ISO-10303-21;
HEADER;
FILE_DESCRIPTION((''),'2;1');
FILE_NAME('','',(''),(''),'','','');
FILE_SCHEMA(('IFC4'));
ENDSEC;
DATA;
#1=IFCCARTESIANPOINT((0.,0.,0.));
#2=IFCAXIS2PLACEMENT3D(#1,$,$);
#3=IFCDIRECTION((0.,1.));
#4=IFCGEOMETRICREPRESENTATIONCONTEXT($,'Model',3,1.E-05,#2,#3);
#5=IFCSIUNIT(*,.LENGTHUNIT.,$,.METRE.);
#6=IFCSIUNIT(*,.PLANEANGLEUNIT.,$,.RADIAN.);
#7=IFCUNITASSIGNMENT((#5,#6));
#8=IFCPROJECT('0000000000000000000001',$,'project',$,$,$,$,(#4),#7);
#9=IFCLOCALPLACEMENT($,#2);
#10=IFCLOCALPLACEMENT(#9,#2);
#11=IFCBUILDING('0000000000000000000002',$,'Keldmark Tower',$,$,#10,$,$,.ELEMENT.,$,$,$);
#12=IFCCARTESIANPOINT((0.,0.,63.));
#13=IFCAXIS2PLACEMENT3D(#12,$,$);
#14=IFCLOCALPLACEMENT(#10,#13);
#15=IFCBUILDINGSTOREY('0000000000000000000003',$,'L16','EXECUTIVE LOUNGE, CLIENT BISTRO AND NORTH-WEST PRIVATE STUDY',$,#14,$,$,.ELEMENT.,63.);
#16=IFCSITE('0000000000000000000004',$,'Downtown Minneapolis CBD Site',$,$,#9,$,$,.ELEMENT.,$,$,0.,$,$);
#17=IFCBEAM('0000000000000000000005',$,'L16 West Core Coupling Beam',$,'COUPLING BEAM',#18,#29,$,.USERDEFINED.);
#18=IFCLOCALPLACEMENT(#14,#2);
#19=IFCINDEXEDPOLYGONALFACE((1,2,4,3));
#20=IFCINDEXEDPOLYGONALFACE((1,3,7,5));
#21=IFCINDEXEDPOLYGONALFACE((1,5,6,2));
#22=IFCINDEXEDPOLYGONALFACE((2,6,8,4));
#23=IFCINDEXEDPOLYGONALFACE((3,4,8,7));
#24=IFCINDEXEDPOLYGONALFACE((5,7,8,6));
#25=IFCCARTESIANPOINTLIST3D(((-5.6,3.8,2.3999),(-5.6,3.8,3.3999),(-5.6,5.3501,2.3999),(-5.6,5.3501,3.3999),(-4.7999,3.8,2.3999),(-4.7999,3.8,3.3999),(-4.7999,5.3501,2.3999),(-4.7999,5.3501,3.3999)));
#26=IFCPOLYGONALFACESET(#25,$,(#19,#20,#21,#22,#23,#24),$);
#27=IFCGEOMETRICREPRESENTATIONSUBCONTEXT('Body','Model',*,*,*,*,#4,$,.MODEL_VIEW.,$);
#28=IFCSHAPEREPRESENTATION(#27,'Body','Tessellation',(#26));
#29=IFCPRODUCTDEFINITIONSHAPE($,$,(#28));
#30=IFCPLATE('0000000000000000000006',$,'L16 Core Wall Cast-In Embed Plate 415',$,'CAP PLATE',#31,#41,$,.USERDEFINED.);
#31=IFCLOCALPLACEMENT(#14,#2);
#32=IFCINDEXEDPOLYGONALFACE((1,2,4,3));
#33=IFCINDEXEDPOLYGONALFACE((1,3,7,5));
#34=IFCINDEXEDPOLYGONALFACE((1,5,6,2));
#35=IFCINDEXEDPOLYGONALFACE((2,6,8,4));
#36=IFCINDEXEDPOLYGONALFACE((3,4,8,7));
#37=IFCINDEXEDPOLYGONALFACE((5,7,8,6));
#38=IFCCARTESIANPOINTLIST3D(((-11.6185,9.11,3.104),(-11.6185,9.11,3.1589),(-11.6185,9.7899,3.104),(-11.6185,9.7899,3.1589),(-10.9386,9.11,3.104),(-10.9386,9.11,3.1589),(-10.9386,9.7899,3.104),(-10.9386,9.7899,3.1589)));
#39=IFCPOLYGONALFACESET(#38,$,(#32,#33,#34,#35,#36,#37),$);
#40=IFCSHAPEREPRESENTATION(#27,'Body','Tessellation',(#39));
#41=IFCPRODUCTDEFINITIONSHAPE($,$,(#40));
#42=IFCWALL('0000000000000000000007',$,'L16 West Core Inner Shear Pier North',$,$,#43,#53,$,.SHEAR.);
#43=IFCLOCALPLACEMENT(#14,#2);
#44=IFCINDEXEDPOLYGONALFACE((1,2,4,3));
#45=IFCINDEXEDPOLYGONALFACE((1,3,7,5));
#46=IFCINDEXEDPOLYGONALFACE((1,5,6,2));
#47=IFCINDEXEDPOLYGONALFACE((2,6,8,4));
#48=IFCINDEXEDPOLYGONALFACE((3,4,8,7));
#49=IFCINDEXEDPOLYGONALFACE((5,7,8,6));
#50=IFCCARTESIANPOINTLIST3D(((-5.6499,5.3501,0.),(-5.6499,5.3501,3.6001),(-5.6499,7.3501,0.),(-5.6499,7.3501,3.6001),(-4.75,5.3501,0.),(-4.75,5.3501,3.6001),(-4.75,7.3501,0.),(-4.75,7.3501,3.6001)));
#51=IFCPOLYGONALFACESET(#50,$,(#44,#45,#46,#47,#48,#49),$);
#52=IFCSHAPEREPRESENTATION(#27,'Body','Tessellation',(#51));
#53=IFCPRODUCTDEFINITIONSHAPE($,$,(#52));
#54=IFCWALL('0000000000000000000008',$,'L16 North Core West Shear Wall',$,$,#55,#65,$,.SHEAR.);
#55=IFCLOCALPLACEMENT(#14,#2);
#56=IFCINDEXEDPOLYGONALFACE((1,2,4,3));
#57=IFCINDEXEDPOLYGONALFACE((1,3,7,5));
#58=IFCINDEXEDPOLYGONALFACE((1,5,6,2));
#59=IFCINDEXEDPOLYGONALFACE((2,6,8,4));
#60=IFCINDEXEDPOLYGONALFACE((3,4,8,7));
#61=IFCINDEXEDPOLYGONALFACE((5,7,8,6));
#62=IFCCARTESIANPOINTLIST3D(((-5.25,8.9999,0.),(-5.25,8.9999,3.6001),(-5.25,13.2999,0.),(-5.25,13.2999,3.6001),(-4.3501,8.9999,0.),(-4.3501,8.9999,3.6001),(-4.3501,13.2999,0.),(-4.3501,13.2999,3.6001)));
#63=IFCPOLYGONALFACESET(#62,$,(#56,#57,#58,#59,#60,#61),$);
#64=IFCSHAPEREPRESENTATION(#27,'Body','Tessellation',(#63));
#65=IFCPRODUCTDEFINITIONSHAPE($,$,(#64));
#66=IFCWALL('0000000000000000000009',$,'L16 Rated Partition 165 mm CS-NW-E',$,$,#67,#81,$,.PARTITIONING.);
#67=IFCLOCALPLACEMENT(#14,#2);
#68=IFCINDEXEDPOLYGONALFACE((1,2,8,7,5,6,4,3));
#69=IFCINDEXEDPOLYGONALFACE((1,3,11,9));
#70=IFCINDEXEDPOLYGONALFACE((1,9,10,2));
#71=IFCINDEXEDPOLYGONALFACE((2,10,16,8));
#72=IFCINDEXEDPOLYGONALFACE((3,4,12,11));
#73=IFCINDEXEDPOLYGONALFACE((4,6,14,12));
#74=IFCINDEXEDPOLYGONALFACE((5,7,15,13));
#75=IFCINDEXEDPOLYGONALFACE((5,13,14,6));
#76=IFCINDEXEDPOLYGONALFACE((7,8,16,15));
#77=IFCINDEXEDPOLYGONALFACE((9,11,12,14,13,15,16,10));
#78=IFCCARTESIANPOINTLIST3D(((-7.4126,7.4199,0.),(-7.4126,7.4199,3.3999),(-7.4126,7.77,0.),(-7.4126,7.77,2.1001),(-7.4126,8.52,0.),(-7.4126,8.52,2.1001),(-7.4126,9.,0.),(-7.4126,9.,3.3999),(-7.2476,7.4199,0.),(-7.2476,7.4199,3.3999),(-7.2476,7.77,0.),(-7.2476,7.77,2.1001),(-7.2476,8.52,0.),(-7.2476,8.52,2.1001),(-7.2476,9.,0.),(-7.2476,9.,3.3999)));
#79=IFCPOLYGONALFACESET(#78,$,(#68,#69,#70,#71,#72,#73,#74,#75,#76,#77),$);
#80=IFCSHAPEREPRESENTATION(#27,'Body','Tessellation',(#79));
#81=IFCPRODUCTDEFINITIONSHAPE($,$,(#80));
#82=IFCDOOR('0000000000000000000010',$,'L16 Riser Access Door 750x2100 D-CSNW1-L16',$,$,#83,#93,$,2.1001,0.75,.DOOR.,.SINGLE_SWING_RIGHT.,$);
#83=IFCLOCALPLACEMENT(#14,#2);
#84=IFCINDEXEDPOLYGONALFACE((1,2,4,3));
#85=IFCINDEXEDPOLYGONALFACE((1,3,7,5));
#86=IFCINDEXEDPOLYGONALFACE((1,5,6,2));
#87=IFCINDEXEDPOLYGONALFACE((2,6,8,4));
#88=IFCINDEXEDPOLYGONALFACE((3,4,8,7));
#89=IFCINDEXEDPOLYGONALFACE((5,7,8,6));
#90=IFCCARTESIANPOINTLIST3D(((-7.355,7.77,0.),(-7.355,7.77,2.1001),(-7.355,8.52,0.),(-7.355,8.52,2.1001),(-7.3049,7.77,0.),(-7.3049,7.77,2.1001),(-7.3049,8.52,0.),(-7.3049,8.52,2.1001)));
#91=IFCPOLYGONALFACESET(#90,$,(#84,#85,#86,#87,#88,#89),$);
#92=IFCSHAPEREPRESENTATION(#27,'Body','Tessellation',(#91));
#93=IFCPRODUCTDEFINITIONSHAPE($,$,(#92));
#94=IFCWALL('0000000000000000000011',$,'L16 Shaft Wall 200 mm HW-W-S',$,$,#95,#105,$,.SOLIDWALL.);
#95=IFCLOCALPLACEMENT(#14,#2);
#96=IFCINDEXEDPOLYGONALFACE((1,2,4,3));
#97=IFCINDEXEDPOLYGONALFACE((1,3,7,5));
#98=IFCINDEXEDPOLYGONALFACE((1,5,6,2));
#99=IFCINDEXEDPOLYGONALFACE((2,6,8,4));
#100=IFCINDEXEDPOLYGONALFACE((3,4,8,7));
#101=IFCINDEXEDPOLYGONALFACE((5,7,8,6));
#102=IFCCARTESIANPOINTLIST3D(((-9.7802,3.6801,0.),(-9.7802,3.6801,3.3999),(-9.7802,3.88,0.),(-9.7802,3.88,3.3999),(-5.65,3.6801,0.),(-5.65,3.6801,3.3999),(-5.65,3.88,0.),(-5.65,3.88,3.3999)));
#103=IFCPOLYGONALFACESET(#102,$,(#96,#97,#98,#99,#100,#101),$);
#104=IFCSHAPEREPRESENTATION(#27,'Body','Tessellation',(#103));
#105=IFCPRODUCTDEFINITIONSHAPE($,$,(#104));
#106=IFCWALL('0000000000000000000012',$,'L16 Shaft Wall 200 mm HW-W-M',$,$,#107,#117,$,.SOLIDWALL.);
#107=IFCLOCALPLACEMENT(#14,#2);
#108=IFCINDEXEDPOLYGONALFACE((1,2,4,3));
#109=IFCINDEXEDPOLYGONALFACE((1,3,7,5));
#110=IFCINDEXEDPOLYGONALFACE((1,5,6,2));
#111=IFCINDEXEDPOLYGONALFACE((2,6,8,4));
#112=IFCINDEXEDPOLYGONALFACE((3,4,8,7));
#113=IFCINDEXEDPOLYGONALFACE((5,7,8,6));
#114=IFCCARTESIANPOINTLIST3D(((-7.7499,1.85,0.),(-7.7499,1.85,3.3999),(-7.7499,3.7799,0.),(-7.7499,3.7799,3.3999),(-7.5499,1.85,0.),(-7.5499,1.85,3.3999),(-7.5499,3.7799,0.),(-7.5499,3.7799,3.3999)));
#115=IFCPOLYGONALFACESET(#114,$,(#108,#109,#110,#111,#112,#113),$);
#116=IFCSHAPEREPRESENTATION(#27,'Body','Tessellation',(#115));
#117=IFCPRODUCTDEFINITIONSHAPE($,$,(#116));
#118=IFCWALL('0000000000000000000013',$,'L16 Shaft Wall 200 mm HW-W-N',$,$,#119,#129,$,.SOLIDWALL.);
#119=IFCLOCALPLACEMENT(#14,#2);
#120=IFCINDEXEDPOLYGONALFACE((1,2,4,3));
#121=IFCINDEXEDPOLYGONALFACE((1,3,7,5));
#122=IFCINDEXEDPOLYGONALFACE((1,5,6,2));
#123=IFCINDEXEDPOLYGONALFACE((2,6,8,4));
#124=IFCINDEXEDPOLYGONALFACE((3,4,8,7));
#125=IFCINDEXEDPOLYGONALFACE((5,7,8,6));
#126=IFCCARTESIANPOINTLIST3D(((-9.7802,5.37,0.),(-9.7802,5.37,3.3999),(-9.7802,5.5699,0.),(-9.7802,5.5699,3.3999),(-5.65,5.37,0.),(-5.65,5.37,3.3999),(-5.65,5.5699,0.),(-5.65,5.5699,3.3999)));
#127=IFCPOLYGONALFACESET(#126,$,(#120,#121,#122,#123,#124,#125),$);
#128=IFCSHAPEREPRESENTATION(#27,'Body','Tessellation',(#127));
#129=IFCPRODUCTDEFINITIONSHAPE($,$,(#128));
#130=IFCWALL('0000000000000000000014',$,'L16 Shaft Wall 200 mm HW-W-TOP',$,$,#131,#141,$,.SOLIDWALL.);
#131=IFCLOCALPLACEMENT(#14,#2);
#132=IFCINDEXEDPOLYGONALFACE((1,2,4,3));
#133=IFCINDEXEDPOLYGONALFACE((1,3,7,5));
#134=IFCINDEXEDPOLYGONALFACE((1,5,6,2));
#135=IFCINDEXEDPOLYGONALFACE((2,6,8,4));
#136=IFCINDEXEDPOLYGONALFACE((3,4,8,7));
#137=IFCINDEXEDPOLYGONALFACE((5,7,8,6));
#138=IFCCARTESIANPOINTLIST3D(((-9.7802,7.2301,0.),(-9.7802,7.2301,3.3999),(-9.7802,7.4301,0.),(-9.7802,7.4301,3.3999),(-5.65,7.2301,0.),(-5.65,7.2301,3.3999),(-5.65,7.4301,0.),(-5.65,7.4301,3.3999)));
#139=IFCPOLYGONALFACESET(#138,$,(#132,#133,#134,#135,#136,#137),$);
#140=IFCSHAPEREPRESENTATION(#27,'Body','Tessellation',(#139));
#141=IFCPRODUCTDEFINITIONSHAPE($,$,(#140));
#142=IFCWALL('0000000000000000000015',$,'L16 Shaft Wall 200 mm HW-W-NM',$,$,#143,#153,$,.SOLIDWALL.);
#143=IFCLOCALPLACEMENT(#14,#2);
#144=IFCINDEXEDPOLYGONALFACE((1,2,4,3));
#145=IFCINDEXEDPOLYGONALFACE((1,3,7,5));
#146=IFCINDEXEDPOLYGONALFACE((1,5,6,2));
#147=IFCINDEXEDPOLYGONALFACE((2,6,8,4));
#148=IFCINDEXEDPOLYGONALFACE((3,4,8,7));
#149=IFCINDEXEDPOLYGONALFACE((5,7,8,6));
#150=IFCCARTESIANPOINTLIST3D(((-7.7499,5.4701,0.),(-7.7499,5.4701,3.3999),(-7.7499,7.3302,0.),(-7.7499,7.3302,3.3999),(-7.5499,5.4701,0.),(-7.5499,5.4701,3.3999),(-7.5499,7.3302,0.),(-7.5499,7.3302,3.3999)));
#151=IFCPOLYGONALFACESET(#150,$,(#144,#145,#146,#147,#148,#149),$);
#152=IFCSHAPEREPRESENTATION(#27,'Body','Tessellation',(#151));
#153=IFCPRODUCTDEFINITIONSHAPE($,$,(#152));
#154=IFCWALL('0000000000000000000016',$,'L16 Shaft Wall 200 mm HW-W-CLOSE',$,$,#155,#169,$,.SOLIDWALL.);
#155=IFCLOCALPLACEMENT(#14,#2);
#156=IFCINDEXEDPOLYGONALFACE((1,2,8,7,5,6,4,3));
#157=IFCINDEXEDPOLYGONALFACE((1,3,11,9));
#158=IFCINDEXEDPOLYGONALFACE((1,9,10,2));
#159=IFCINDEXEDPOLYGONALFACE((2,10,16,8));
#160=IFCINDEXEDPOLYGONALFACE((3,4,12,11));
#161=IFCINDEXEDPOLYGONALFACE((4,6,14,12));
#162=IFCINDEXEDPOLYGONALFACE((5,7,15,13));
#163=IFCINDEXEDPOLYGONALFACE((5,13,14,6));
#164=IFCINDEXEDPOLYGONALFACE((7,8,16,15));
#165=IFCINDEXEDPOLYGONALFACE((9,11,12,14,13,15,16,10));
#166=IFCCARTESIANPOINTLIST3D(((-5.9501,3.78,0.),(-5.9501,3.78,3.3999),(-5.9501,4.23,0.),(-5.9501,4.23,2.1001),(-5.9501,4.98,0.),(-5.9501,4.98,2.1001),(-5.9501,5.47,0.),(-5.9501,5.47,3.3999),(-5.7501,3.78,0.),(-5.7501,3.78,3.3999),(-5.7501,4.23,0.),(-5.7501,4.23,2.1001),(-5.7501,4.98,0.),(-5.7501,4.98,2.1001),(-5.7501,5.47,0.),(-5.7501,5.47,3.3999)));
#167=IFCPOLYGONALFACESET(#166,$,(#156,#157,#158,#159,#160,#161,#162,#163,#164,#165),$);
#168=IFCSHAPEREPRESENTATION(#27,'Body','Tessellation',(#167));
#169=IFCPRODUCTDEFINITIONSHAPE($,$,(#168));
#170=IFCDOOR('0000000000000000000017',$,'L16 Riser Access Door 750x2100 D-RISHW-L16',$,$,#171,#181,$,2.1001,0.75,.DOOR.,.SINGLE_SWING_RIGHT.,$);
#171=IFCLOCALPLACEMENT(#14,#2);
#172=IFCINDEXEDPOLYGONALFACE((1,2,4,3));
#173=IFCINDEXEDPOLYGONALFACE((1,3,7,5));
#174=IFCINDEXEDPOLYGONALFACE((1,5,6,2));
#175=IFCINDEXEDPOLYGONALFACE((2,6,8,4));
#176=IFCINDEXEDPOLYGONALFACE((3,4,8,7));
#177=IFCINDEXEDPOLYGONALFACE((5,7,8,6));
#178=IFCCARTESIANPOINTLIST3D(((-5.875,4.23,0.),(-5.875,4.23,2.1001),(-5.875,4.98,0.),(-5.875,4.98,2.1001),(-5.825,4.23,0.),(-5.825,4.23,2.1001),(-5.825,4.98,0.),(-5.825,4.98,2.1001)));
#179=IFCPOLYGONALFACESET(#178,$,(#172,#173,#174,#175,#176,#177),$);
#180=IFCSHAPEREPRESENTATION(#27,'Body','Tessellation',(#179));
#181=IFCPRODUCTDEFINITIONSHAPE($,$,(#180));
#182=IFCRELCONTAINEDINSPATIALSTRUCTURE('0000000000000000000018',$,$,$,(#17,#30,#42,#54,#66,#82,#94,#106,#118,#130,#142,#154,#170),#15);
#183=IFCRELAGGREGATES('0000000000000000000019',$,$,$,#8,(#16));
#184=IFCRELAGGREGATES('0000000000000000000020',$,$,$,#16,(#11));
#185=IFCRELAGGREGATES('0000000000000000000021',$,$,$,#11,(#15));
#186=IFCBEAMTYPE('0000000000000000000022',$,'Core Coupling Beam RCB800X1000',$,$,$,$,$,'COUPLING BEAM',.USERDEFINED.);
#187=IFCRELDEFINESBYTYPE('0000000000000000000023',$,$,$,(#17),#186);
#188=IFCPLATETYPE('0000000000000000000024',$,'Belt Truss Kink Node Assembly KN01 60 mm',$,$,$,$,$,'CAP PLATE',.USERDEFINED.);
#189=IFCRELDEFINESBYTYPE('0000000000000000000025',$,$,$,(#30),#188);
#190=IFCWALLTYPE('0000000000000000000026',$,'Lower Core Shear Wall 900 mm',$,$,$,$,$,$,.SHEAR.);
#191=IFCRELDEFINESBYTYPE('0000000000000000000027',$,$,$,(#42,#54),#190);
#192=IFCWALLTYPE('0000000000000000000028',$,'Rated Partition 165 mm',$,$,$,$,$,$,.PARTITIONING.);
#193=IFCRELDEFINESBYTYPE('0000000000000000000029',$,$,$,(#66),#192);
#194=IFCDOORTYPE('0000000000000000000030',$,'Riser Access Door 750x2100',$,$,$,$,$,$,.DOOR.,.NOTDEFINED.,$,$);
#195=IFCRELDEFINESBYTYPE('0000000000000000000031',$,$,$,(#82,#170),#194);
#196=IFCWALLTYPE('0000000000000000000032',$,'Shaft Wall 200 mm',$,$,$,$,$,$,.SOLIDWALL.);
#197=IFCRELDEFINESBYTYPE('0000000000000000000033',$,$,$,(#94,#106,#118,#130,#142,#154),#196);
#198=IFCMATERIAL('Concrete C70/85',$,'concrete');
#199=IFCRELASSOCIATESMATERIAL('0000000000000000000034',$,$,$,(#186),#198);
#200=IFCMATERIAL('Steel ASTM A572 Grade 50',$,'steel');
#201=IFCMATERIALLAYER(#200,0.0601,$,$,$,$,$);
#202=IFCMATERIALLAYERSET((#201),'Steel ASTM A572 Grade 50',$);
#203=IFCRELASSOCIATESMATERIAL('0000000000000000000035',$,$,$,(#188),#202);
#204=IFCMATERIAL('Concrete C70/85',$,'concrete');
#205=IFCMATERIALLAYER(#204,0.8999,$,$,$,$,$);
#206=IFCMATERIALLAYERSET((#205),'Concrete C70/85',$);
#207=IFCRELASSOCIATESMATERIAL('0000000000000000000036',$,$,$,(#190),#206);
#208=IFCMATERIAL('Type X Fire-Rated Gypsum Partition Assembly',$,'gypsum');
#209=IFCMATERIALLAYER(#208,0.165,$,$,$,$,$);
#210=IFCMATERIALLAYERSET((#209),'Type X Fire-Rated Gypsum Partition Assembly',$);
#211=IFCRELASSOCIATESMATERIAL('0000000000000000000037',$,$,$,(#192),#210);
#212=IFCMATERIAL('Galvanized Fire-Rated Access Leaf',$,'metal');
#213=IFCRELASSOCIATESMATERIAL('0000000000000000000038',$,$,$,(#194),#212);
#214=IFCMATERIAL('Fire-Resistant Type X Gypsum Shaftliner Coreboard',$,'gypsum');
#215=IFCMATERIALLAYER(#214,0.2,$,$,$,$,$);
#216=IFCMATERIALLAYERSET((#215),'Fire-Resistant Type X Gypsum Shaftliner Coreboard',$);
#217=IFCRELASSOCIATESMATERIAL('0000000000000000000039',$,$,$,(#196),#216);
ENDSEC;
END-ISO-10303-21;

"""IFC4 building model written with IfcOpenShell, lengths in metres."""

from ifc_helpers import new_model, si_unit, direction, frame, frame_2d, origin, origin_2d, place, context, subcontext, project, spatial, rectangle, extrude, material, layer, layer_set, material_profile, profile_set, type_object, element, fill, save


model = new_model("IFC4")

# Units and contexts
model_context = context("Model", 3, precision=1e-05, world=origin(), true_north=direction((0.0, 1.0)))
body_context = subcontext(model_context, "Body", "Model", "MODEL_VIEW")
ifc_project = project(units=[si_unit("LENGTHUNIT", "METRE"), si_unit("PLANEANGLEUNIT", "RADIAN")], contexts=[model_context])

# Site, building, storey
site_placement = place(None, origin())
site = spatial("IfcSite", under=ifc_project, at=site_placement, Name="Downtown Minneapolis CBD Site", CompositionType="ELEMENT", RefElevation=0.0)
building_placement = place(site_placement, origin())
building = spatial("IfcBuilding", under=site, at=building_placement, Name="Keldmark Tower", CompositionType="ELEMENT")
storey_placement = place(building_placement, frame((0.0, 0.0, 63.0)))
storey = spatial("IfcBuildingStorey", under=building, at=storey_placement, Name="L16", Description="EXECUTIVE LOUNGE, CLIENT BISTRO AND NORTH-WEST PRIVATE STUDY", CompositionType="ELEMENT", Elevation=63.0)

# Beam
ifc_material_1 = material(Name="Concrete C70/85", Category="concrete")
ifc_material_profile = material_profile(ifc_material_1, rectangle(XDim=0.8, YDim=1.0, at=origin_2d()), Name="RCB800X1000")
ifc_profile_set = profile_set([ifc_material_profile], Name="Concrete C70/85")
beam_type = type_object("IfcBeamType", Name="Core Coupling Beam RCB800X1000", ElementType="COUPLING BEAM", PredefinedType="USERDEFINED", material=ifc_profile_set)
beam_placement = place(storey_placement, frame((-5.2, 3.8, 2.8999), z_axis=(0.0, 1.0, 0.0), x_axis=(-1.0, 0.0, 0.0)))
element("IfcBeam", 1, at=beam_placement, inside=storey, type_object=beam_type, Name="L16 West Core Coupling Beam", ObjectType="COUPLING BEAM", PredefinedType="USERDEFINED", context=body_context, shape_type="SweptSolid", body=[
    extrude(rectangle(XDim=0.8, YDim=1.0, at=origin_2d()), origin(), (0.0, 0.0, 1.0), 1.55),
])

# Plate
ifc_material_2 = material(Name="Steel ASTM A572 Grade 50", Category="steel")
ifc_layer_1 = layer(ifc_material_2, 0.0601)
ifc_layer_set_1 = layer_set([ifc_layer_1], Name="Steel ASTM A572 Grade 50")
plate_type = type_object("IfcPlateType", Name="Belt Truss Kink Node Assembly KN01 60 mm", ElementType="CAP PLATE", PredefinedType="USERDEFINED", material=ifc_layer_set_1)
plate_placement = place(storey_placement, frame((-11.2786, 9.45, 3.104), z_axis=(0.0, 0.0, 1.0), x_axis=(1.0, 0.0, 0.0)))
element("IfcPlate", 2, at=plate_placement, inside=storey, type_object=plate_type, Name="L16 Core Wall Cast-In Embed Plate 415", ObjectType="CAP PLATE", PredefinedType="USERDEFINED", context=body_context, shape_type="SweptSolid", body=[
    extrude(rectangle(XDim=0.6799, YDim=0.6799, at=origin_2d()), origin(), (0.0, 0.0, 1.0), 0.0549),
])

# Walls
ifc_material_3 = material(Name="Concrete C70/85", Category="concrete")
ifc_layer_2 = layer(ifc_material_3, 0.8999)
ifc_layer_set_2 = layer_set([ifc_layer_2], Name="Concrete C70/85")
wall_type_1 = type_object("IfcWallType", Name="Lower Core Shear Wall 900 mm", PredefinedType="SHEAR", material=ifc_layer_set_2)
wall_1_placement = place(storey_placement, frame((-5.2, 5.3501, 0.0), z_axis=(0.0, 0.0, 1.0), x_axis=(0.0, 1.0, 0.0)))
element("IfcWall", 3, at=wall_1_placement, inside=storey, type_object=wall_type_1, Name="L16 West Core Inner Shear Pier North", PredefinedType="SHEAR", context=body_context, shape_type="SweptSolid", body=[
    extrude(rectangle(XDim=2.0, YDim=0.8999, at=frame_2d((1.0, 0.0))), origin(), (0.0, 0.0, 1.0), 3.6001),
])
wall_2_placement = place(storey_placement, frame((-4.8, 9.0, 0.0), z_axis=(0.0, 0.0, 1.0), x_axis=(0.0, 1.0, 0.0)))
element("IfcWall", 4, at=wall_2_placement, inside=storey, type_object=wall_type_1, Name="L16 North Core West Shear Wall", PredefinedType="SHEAR", context=body_context, shape_type="SweptSolid", body=[
    extrude(rectangle(XDim=4.3, YDim=0.8999, at=frame_2d((2.1499, 0.0))), origin(), (0.0, 0.0, 1.0), 3.6001),
])

# Wall, opening, door
ifc_material_4 = material(Name="Type X Fire-Rated Gypsum Partition Assembly", Category="gypsum")
ifc_layer_3 = layer(ifc_material_4, 0.165)
ifc_layer_set_3 = layer_set([ifc_layer_3], Name="Type X Fire-Rated Gypsum Partition Assembly")
wall_type_2 = type_object("IfcWallType", Name="Rated Partition 165 mm", PredefinedType="PARTITIONING", material=ifc_layer_set_3)
wall_3_placement = place(storey_placement, frame((-7.3301, 7.4199, 0.0), z_axis=(0.0, 0.0, 1.0), x_axis=(0.0, 1.0, 0.0)))
wall_3 = element("IfcWall", 5, at=wall_3_placement, inside=storey, type_object=wall_type_2, Name="L16 Rated Partition 165 mm CS-NW-E", PredefinedType="PARTITIONING", context=body_context, shape_type="SweptSolid", body=[
    extrude(rectangle(XDim=1.5801, YDim=0.165, at=frame_2d((0.79, 0.0))), origin(), (0.0, 0.0, 1.0), 3.3999),
])
opening_1_placement = place(wall_3_placement, frame((0.3501, 0.0, 0.0)))
opening_1 = element("IfcOpeningElement", 6, at=opening_1_placement, cuts=wall_3, PredefinedType="OPENING", context=body_context, shape_type="SweptSolid", body=[
    extrude(rectangle(XDim=0.75, YDim=2.1001, at=frame_2d((0.375, 1.05))), frame((0.0, 0.0925, 0.0), z_axis=(0.0, -1.0, 0.0), x_axis=(1.0, 0.0, 0.0)), (0.0, 0.0, 1.0), 0.1851),
])
ifc_material_5 = material(Name="Galvanized Fire-Rated Access Leaf", Category="metal")
door_type = type_object("IfcDoorType", Name="Riser Access Door 750x2100", OperationType="NOTDEFINED", PredefinedType="DOOR", material=ifc_material_5)
door_1_placement = place(opening_1_placement, origin())
door_1 = element("IfcDoor", 7, at=door_1_placement, inside=storey, type_object=door_type, Name="L16 Riser Access Door 750x2100 D-CSNW1-L16", OperationType="SINGLE_SWING_RIGHT", OverallHeight=2.1001, OverallWidth=0.75, PredefinedType="DOOR", context=body_context, shape_type="SweptSolid", body=[
    extrude(rectangle(XDim=0.75, YDim=2.1001, at=frame_2d((0.375, 1.05))), frame((0.0, 0.0249, 0.0), z_axis=(0.0, -1.0, 0.0), x_axis=(1.0, 0.0, 0.0)), (0.0, 0.0, 1.0), 0.05),
])
fill(opening_1, door_1)

# Walls
ifc_material_6 = material(Name="Fire-Resistant Type X Gypsum Shaftliner Coreboard", Category="gypsum")
ifc_layer_4 = layer(ifc_material_6, 0.2)
ifc_layer_set_4 = layer_set([ifc_layer_4], Name="Fire-Resistant Type X Gypsum Shaftliner Coreboard")
wall_type_3 = type_object("IfcWallType", Name="Shaft Wall 200 mm", PredefinedType="SOLIDWALL", material=ifc_layer_set_4)
wall_4_placement = place(storey_placement, frame((-9.78, 3.78, 0.0), z_axis=(0.0, 0.0, 1.0), x_axis=(1.0, 0.0, 0.0)))
element("IfcWall", 8, at=wall_4_placement, inside=storey, type_object=wall_type_3, Name="L16 Shaft Wall 200 mm HW-W-S", PredefinedType="SOLIDWALL", context=body_context, shape_type="SweptSolid", body=[
    extrude(rectangle(XDim=4.1301, YDim=0.2, at=frame_2d((2.0649, 0.0))), origin(), (0.0, 0.0, 1.0), 3.3999),
])
wall_5_placement = place(storey_placement, frame((-7.6499, 1.8501, 0.0), z_axis=(0.0, 0.0, 1.0), x_axis=(0.0, 1.0, 0.0)))
element("IfcWall", 9, at=wall_5_placement, inside=storey, type_object=wall_type_3, Name="L16 Shaft Wall 200 mm HW-W-M", PredefinedType="SOLIDWALL", context=body_context, shape_type="SweptSolid", body=[
    extrude(rectangle(XDim=1.9299, YDim=0.2, at=frame_2d((0.9648, 0.0))), origin(), (0.0, 0.0, 1.0), 3.3999),
])
for number, where, z_axis, x_axis, name in (
    (10, (-9.78, 5.47, 0.0), (0.0, 0.0, 1.0), (1.0, 0.0, 0.0), "L16 Shaft Wall 200 mm HW-W-N"),
    (11, (-9.78, 7.3301, 0.0), (0.0, 0.0, 1.0), (1.0, 0.0, 0.0), "L16 Shaft Wall 200 mm HW-W-TOP"),
):
    element("IfcWall", number, at=place(storey_placement, frame(where, z_axis=z_axis, x_axis=x_axis)), inside=storey, type_object=wall_type_3, Name=name, PredefinedType="SOLIDWALL", context=body_context, shape_type="SweptSolid", body=[
        extrude(rectangle(XDim=4.1301, YDim=0.2, at=frame_2d((2.0649, 0.0))), origin(), (0.0, 0.0, 1.0), 3.3999),
    ])
wall_6_placement = place(storey_placement, frame((-7.6499, 5.47, 0.0), z_axis=(0.0, 0.0, 1.0), x_axis=(0.0, 1.0, 0.0)))
element("IfcWall", 12, at=wall_6_placement, inside=storey, type_object=wall_type_3, Name="L16 Shaft Wall 200 mm HW-W-NM", PredefinedType="SOLIDWALL", context=body_context, shape_type="SweptSolid", body=[
    extrude(rectangle(XDim=1.8601, YDim=0.2, at=frame_2d((0.9302, 0.0))), origin(), (0.0, 0.0, 1.0), 3.3999),
])

# Wall, opening, door
wall_7_placement = place(storey_placement, frame((-5.8501, 3.78, 0.0), z_axis=(0.0, 0.0, 1.0), x_axis=(0.0, 1.0, 0.0)))
wall_7 = element("IfcWall", 13, at=wall_7_placement, inside=storey, type_object=wall_type_3, Name="L16 Shaft Wall 200 mm HW-W-CLOSE", PredefinedType="SOLIDWALL", context=body_context, shape_type="SweptSolid", body=[
    extrude(rectangle(XDim=1.6899, YDim=0.2, at=frame_2d((0.845, 0.0))), origin(), (0.0, 0.0, 1.0), 3.3999),
])
opening_2_placement = place(wall_7_placement, frame((0.45, 0.0, 0.0)))
opening_2 = element("IfcOpeningElement", 14, at=opening_2_placement, cuts=wall_7, PredefinedType="OPENING", context=body_context, shape_type="SweptSolid", body=[
    extrude(rectangle(XDim=0.75, YDim=2.1001, at=frame_2d((0.375, 1.05))), frame((0.0, 0.1099, 0.0), z_axis=(0.0, -1.0, 0.0), x_axis=(1.0, 0.0, 0.0)), (0.0, 0.0, 1.0), 0.22),
])
door_2_placement = place(opening_2_placement, origin())
door_2 = element("IfcDoor", 15, at=door_2_placement, inside=storey, type_object=door_type, Name="L16 Riser Access Door 750x2100 D-RISHW-L16", OperationType="SINGLE_SWING_RIGHT", OverallHeight=2.1001, OverallWidth=0.75, PredefinedType="DOOR", context=body_context, shape_type="SweptSolid", body=[
    extrude(rectangle(XDim=0.75, YDim=2.1001, at=frame_2d((0.375, 1.05))), frame((0.0, 0.0249, 0.0), z_axis=(0.0, -1.0, 0.0), x_axis=(1.0, 0.0, 0.0)), (0.0, 0.0, 1.0), 0.05),
])
fill(opening_2, door_2)

save(model, "model.ifc")
